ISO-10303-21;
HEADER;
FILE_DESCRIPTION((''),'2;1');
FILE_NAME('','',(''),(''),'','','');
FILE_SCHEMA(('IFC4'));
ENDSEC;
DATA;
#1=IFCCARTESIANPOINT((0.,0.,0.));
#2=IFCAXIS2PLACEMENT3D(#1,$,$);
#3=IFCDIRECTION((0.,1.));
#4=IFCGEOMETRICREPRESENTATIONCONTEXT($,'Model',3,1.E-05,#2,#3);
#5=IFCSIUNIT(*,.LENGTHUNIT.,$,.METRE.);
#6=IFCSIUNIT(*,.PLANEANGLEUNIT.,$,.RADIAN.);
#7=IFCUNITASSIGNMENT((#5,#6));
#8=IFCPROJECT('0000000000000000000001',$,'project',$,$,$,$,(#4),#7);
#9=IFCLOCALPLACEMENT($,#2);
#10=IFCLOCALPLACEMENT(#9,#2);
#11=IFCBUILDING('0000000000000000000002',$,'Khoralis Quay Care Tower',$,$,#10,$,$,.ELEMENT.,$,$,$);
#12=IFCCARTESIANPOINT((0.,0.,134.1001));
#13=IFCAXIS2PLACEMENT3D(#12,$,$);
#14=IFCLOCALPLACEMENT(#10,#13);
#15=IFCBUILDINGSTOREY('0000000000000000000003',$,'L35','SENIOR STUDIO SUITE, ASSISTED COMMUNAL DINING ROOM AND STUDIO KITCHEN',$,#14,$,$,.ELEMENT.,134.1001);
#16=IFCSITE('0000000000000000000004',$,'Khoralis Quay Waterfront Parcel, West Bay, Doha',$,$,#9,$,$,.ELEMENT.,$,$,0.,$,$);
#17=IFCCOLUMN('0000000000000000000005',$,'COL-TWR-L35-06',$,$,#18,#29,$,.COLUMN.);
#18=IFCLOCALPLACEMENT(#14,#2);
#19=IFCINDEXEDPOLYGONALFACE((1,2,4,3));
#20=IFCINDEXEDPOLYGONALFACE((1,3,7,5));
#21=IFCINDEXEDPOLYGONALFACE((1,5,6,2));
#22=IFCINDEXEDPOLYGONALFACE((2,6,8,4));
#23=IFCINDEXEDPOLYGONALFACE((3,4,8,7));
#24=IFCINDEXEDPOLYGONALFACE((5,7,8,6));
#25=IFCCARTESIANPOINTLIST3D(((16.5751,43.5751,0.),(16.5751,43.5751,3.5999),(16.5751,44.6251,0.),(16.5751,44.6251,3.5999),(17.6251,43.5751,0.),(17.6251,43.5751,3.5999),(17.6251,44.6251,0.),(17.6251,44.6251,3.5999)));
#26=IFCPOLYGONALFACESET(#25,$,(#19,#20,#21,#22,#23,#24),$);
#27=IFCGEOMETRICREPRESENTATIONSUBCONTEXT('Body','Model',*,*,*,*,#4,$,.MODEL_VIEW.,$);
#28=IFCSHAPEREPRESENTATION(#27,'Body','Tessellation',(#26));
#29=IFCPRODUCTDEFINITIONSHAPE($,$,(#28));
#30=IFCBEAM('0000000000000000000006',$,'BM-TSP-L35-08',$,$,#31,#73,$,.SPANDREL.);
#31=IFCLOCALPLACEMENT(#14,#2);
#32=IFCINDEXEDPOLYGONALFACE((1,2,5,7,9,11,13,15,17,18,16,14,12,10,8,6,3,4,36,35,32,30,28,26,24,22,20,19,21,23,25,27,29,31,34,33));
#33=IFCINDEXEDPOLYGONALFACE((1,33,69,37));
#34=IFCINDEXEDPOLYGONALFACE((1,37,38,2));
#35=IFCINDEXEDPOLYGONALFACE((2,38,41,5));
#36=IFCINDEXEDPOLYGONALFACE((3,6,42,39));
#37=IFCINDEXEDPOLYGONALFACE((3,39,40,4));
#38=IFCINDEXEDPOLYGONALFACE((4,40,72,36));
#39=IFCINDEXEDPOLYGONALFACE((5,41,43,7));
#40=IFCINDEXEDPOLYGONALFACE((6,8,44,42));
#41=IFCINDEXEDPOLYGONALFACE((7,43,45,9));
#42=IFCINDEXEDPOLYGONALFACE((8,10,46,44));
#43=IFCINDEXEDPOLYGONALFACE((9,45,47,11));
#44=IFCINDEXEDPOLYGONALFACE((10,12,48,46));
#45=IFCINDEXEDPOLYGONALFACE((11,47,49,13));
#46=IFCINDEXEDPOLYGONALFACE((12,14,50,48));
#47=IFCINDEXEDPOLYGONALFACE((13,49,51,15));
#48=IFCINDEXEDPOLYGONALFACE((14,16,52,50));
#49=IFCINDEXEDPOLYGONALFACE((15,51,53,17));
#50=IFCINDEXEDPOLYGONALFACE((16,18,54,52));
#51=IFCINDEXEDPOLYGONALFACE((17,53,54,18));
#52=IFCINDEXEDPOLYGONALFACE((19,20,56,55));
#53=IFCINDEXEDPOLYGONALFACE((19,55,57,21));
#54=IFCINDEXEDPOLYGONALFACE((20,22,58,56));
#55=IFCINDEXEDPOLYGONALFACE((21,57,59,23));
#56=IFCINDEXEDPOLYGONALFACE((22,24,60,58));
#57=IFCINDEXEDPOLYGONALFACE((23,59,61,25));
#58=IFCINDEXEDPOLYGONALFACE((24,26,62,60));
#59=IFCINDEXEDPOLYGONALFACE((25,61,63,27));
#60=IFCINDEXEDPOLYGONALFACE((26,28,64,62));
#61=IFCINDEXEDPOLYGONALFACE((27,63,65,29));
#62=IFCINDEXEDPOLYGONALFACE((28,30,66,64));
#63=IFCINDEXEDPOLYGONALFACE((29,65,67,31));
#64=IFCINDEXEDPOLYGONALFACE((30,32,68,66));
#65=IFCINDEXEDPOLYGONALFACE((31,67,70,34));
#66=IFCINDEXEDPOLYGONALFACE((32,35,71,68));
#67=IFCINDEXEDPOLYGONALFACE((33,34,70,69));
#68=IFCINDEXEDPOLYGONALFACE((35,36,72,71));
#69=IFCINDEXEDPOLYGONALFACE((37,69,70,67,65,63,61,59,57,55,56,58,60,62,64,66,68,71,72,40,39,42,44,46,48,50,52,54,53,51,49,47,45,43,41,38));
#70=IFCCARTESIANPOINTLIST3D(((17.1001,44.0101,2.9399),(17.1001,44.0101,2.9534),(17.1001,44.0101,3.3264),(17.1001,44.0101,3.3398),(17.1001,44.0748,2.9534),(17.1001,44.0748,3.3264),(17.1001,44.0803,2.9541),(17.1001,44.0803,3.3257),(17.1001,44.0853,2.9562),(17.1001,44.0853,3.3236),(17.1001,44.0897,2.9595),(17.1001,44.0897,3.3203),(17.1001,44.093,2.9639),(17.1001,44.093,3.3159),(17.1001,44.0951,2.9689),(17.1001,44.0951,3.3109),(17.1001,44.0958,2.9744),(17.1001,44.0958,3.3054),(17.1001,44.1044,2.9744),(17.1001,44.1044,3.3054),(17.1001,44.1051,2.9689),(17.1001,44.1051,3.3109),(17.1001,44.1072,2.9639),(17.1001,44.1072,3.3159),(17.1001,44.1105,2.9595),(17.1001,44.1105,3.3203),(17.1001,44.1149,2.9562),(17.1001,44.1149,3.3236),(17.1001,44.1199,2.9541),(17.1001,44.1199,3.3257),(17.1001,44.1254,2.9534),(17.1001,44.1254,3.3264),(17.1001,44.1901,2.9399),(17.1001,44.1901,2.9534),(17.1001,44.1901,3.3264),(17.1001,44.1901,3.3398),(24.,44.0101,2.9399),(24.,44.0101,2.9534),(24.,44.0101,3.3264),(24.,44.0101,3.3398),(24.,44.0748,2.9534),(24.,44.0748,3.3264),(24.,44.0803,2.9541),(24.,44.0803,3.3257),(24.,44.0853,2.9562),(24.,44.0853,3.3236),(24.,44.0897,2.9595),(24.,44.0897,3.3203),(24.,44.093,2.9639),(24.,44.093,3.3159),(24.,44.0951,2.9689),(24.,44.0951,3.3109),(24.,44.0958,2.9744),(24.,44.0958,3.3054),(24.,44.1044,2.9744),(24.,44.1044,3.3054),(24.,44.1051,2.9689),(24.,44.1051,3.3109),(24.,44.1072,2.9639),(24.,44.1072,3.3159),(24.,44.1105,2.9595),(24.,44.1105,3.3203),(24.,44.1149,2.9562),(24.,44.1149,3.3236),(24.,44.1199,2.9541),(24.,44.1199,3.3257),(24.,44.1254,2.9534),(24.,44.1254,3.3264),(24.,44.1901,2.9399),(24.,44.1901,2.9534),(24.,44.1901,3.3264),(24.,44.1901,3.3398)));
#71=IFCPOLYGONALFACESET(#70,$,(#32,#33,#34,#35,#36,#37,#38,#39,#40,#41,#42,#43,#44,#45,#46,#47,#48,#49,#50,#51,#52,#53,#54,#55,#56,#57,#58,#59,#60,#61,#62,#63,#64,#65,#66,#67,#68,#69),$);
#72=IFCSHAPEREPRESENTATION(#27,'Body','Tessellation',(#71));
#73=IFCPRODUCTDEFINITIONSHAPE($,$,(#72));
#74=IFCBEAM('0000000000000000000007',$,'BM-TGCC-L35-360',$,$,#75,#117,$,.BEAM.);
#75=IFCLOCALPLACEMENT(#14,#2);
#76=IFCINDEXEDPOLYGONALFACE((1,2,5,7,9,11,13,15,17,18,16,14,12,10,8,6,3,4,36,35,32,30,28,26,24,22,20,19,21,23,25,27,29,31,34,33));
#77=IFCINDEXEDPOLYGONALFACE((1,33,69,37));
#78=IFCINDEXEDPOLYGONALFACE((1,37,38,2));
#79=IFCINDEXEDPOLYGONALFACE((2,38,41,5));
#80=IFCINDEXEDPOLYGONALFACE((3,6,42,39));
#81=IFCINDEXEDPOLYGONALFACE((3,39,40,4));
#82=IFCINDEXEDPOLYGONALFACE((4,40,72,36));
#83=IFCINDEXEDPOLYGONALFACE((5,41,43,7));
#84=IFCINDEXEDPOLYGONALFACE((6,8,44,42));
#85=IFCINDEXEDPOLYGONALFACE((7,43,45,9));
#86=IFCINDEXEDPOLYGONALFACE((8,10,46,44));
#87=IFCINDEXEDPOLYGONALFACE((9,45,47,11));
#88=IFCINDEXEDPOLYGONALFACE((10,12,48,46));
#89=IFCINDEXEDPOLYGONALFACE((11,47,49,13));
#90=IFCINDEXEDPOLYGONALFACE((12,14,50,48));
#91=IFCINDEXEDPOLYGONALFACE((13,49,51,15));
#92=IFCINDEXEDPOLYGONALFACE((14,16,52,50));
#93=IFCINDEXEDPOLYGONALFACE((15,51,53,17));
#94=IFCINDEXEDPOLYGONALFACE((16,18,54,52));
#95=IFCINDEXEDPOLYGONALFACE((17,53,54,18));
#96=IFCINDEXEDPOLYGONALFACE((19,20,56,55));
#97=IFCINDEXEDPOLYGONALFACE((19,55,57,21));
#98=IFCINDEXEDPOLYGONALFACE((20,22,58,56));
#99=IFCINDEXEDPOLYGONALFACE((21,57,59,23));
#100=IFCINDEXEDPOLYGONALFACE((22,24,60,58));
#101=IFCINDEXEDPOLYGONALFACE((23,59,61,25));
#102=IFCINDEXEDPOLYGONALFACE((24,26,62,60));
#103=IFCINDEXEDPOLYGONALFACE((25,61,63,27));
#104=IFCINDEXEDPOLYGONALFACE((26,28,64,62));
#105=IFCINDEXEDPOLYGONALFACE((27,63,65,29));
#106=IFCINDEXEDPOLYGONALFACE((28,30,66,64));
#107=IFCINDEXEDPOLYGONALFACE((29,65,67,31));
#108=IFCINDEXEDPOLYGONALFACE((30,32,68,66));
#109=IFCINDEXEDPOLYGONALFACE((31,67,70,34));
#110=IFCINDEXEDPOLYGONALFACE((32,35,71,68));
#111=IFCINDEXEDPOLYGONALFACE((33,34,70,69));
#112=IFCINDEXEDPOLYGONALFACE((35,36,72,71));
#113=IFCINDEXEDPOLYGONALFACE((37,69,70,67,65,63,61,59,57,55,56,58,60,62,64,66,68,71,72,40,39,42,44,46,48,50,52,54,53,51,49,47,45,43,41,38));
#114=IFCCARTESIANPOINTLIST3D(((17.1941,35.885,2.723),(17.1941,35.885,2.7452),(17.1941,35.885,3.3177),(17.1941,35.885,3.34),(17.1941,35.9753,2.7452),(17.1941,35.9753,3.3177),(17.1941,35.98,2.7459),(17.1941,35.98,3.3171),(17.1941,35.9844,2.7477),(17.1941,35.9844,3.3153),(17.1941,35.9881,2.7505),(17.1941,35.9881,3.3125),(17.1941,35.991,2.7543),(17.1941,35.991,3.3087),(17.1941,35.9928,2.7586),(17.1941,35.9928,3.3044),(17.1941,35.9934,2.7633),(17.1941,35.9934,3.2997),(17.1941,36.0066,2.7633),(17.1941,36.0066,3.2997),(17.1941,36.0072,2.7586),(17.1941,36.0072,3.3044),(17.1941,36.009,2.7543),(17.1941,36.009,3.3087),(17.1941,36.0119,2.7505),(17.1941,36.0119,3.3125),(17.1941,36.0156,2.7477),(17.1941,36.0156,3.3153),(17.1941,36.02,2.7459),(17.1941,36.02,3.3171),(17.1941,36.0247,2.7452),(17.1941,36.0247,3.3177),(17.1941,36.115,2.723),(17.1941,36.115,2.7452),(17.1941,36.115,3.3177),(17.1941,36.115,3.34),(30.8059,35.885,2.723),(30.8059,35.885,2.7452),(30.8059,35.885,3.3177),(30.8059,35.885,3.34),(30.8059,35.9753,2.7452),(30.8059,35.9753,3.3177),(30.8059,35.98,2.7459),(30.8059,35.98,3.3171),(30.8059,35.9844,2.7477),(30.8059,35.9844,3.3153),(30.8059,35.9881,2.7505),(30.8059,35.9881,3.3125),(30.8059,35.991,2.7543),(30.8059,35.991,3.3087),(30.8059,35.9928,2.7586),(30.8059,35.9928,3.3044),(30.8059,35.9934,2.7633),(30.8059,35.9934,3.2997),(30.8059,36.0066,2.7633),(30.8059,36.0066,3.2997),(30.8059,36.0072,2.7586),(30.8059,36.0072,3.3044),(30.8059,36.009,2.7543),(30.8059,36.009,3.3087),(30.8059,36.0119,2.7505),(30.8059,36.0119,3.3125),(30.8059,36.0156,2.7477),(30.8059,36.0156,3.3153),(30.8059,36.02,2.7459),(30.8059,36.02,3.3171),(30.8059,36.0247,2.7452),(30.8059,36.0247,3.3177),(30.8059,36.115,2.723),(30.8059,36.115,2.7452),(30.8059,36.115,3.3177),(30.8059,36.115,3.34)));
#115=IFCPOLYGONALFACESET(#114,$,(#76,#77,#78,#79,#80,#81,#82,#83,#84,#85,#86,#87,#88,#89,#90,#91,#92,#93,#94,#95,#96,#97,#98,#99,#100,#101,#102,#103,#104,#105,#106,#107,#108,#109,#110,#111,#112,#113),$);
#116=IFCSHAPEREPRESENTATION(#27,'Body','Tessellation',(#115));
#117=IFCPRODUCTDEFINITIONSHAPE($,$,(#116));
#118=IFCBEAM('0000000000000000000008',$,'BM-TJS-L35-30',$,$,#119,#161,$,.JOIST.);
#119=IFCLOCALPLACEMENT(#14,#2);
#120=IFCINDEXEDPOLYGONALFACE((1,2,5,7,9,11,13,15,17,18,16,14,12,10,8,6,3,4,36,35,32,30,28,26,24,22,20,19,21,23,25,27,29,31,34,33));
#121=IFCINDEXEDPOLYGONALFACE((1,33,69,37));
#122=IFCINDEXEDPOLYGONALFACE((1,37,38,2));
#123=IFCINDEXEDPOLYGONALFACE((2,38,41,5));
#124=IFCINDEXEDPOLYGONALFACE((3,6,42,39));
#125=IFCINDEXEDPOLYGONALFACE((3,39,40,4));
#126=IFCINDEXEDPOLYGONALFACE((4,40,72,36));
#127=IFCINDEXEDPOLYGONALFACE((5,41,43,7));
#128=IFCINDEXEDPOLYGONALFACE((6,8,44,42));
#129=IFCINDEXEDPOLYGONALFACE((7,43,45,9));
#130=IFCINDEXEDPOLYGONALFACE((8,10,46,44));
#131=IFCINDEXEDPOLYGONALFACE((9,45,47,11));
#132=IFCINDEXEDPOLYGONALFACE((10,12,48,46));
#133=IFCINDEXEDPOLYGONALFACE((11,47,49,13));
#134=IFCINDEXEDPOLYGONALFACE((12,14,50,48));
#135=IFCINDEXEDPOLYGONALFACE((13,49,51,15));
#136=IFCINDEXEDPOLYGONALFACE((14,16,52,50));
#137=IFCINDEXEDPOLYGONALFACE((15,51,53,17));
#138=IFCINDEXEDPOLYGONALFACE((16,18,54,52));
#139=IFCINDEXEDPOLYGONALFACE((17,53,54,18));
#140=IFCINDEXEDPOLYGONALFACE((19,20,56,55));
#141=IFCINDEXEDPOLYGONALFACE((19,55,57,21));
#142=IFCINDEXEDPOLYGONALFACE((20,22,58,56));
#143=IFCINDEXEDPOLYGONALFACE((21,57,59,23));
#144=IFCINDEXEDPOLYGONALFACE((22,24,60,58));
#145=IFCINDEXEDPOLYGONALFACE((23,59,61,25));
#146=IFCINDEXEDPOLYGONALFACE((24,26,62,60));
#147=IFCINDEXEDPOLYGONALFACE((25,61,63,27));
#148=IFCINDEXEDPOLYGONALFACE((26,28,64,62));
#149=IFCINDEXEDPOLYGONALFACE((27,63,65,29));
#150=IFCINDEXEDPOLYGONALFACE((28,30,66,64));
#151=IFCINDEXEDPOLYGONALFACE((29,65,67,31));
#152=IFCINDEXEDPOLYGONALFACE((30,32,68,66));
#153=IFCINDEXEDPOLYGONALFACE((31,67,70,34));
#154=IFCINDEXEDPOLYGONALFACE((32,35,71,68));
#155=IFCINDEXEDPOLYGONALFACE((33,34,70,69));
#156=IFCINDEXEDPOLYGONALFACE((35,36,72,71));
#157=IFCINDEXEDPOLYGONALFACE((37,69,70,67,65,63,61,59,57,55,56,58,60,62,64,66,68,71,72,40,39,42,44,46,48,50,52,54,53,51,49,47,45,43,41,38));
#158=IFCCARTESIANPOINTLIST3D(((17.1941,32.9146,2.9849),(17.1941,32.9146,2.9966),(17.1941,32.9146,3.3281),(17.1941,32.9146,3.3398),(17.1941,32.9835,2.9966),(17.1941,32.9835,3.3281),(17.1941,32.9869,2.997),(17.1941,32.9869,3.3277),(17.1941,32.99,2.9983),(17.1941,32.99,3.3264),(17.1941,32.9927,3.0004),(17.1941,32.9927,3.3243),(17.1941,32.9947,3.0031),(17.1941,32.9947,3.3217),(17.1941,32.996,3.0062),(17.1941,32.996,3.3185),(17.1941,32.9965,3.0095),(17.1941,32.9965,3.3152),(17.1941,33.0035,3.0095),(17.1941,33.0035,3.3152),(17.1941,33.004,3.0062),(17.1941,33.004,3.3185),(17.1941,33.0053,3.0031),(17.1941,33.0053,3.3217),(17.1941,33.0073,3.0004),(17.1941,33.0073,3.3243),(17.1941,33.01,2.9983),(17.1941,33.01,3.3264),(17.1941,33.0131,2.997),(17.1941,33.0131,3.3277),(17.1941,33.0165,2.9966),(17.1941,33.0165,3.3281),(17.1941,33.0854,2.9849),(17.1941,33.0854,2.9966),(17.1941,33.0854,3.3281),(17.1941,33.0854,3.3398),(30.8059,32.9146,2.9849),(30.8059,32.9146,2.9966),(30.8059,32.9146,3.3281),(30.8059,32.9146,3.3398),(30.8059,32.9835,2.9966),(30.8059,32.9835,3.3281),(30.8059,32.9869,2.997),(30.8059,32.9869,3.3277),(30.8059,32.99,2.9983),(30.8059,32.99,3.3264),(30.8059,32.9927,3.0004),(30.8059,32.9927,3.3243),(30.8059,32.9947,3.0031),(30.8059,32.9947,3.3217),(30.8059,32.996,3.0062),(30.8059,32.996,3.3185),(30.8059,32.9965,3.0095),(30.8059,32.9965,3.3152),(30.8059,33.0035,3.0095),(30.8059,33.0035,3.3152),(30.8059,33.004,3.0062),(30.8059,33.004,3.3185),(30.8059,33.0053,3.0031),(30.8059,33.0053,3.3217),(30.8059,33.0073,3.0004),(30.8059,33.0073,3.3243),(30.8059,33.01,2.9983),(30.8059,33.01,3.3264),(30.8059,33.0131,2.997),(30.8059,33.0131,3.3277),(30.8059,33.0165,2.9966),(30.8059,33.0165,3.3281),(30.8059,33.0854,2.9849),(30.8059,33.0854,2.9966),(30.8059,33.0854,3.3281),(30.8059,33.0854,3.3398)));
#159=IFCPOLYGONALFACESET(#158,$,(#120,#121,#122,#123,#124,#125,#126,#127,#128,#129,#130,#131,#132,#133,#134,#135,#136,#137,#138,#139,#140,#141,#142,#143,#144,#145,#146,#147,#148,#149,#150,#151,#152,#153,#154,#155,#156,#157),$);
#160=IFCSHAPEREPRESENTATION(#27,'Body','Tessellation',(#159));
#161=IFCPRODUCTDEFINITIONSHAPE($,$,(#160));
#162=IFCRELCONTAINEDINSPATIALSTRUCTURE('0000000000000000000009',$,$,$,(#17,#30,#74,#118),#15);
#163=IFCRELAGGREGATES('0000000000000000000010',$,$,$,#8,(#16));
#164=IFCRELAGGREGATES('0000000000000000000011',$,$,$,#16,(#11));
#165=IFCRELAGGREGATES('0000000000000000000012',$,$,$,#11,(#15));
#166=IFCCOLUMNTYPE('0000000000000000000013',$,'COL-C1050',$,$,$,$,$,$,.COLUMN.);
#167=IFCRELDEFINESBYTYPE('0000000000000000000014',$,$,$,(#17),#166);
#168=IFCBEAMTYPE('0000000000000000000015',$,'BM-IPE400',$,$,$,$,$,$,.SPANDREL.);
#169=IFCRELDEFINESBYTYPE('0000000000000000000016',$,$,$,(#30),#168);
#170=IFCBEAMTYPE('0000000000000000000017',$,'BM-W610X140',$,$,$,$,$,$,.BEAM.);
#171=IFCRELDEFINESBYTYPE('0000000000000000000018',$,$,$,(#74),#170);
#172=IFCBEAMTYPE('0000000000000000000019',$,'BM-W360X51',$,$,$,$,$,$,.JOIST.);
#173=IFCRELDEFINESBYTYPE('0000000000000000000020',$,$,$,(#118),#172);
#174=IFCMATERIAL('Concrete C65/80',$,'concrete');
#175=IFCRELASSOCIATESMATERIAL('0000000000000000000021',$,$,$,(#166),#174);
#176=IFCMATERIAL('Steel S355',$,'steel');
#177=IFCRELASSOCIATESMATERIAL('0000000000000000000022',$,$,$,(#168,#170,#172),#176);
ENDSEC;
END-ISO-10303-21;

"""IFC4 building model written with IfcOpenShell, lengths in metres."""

from ifc_helpers import new_model, si_unit, direction, frame, origin, origin_2d, place, context, subcontext, project, spatial, rectangle, i_section, extrude, source, transform, mapped, material, material_profile, profile_set, type_object, element, save


model = new_model("IFC4")

# Units and contexts
model_context = context("Model", 3, precision=1e-05, world=origin(), true_north=direction((0.0, 1.0)))
body_context = subcontext(model_context, "Body", "Model", "MODEL_VIEW")
ifc_project = project(units=[si_unit("LENGTHUNIT", "METRE"), si_unit("PLANEANGLEUNIT", "RADIAN")], contexts=[model_context])

# Site, building, storey
site_placement = place(None, origin())
site = spatial("IfcSite", under=ifc_project, at=site_placement, Name="Khoralis Quay Waterfront Parcel, West Bay, Doha", CompositionType="ELEMENT", RefElevation=0.0)
building_placement = place(site_placement, origin())
building = spatial("IfcBuilding", under=site, at=building_placement, Name="Khoralis Quay Care Tower", CompositionType="ELEMENT")
storey_placement = place(building_placement, frame((0.0, 0.0, 134.1001)))
storey = spatial("IfcBuildingStorey", under=building, at=storey_placement, Name="L35", Description="SENIOR STUDIO SUITE, ASSISTED COMMUNAL DINING ROOM AND STUDIO KITCHEN", CompositionType="ELEMENT", Elevation=134.1001)

# Column
ifc_material_1 = material(Name="Concrete C65/80", Category="concrete")
ifc_material_profile_1 = material_profile(ifc_material_1, rectangle(XDim=1.05, YDim=1.05, at=origin_2d()), Name="Concrete C65/80")
ifc_profile_set_1 = profile_set([ifc_material_profile_1], Name="Concrete C65/80")
column_type = type_object("IfcColumnType", Name="COL-C1050", PredefinedType="COLUMN", material=ifc_profile_set_1)
shared_shape_1 = source(origin(), body_context, "Body", "SweptSolid", [
    extrude(rectangle(XDim=1.05, YDim=1.05, at=origin_2d()), origin(), (0.0, 0.0, 1.0), 3.5999),
])
column_placement = place(storey_placement, frame((17.1001, 44.1001, 0.0), z_axis=(0.0, 0.0, 1.0), x_axis=(1.0, 0.0, 0.0)))
element("IfcColumn", 1, at=column_placement, inside=storey, type_object=column_type, Name="COL-TWR-L35-06", PredefinedType="COLUMN", context=body_context, shape_type="MappedRepresentation", body=[
    mapped(shared_shape_1, transform((0.0, 0.0, 0.0), scale=1.0)),
])

# Beams
ifc_material_2 = material(Name="Steel S355", Category="steel")
ifc_material_profile_2 = material_profile(ifc_material_2, i_section(OverallWidth=0.1799, OverallDepth=0.3999, WebThickness=0.0085, FlangeThickness=0.0134, FilletRadius=0.021, at=origin_2d()), Name="Steel S355")
ifc_profile_set_2 = profile_set([ifc_material_profile_2], Name="Steel S355")
beam_type_1 = type_object("IfcBeamType", Name="BM-IPE400", PredefinedType="SPANDREL", material=ifc_profile_set_2)
shared_shape_2 = source(origin(), body_context, "Body", "SweptSolid", [
    extrude(i_section(OverallWidth=0.1799, OverallDepth=0.3999, WebThickness=0.0085, FlangeThickness=0.0134, FilletRadius=0.021, at=origin_2d()), origin(), (0.0, 0.0, 1.0), 6.8999),
])
beam_1_placement = place(storey_placement, frame((17.1001, 44.1001, 3.1399), z_axis=(1.0, 0.0, 0.0), x_axis=(0.0, 1.0, 0.0)))
element("IfcBeam", 2, at=beam_1_placement, inside=storey, type_object=beam_type_1, Name="BM-TSP-L35-08", PredefinedType="SPANDREL", context=body_context, shape_type="MappedRepresentation", body=[
    mapped(shared_shape_2, transform((0.0, 0.0, 0.0), scale=1.0)),
])
ifc_material_profile_3 = material_profile(ifc_material_2, i_section(OverallWidth=0.23, OverallDepth=0.6169, WebThickness=0.0132, FlangeThickness=0.0222, FilletRadius=0.0181, at=origin_2d()), Name="Steel S355")
ifc_profile_set_3 = profile_set([ifc_material_profile_3], Name="Steel S355")
beam_type_2 = type_object("IfcBeamType", Name="BM-W610X140", PredefinedType="BEAM", material=ifc_profile_set_3)
shared_shape_3 = source(origin(), body_context, "Body", "SweptSolid", [
    extrude(i_section(OverallWidth=0.23, OverallDepth=0.6169, WebThickness=0.0132, FlangeThickness=0.0222, FilletRadius=0.0181, at=origin_2d()), origin(), (0.0, 0.0, 1.0), 13.6118),
])
beam_2_placement = place(storey_placement, frame((17.1941, 36.0, 3.0315), z_axis=(1.0, 0.0, 0.0), x_axis=(0.0, 1.0, 0.0)))
element("IfcBeam", 3, at=beam_2_placement, inside=storey, type_object=beam_type_2, Name="BM-TGCC-L35-360", PredefinedType="BEAM", context=body_context, shape_type="MappedRepresentation", body=[
    mapped(shared_shape_3, transform((0.0, 0.0, 0.0), scale=1.0)),
])
ifc_material_profile_4 = material_profile(ifc_material_2, i_section(OverallWidth=0.1709, OverallDepth=0.355, WebThickness=0.0071, FlangeThickness=0.0117, FilletRadius=0.0129, at=origin_2d()), Name="Steel S355")
ifc_profile_set_4 = profile_set([ifc_material_profile_4], Name="Steel S355")
beam_type_3 = type_object("IfcBeamType", Name="BM-W360X51", PredefinedType="JOIST", material=ifc_profile_set_4)
shared_shape_4 = source(origin(), body_context, "Body", "SweptSolid", [
    extrude(i_section(OverallWidth=0.1709, OverallDepth=0.355, WebThickness=0.0071, FlangeThickness=0.0117, FilletRadius=0.0129, at=origin_2d()), origin(), (0.0, 0.0, 1.0), 13.6118),
])
for number, where, z_axis, x_axis, name in (
    (4, (17.1941, 33.0, 3.1624), (1.0, 0.0, 0.0), (0.0, 1.0, 0.0), "BM-TJS-L35-30"),
):
    element("IfcBeam", number, at=place(storey_placement, frame(where, z_axis=z_axis, x_axis=x_axis)), inside=storey, type_object=beam_type_3, Name=name, PredefinedType="JOIST", context=body_context, shape_type="MappedRepresentation", body=[
        mapped(shared_shape_4, transform((0.0, 0.0, 0.0), scale=1.0)),
    ])

save(model, "model.ifc")
